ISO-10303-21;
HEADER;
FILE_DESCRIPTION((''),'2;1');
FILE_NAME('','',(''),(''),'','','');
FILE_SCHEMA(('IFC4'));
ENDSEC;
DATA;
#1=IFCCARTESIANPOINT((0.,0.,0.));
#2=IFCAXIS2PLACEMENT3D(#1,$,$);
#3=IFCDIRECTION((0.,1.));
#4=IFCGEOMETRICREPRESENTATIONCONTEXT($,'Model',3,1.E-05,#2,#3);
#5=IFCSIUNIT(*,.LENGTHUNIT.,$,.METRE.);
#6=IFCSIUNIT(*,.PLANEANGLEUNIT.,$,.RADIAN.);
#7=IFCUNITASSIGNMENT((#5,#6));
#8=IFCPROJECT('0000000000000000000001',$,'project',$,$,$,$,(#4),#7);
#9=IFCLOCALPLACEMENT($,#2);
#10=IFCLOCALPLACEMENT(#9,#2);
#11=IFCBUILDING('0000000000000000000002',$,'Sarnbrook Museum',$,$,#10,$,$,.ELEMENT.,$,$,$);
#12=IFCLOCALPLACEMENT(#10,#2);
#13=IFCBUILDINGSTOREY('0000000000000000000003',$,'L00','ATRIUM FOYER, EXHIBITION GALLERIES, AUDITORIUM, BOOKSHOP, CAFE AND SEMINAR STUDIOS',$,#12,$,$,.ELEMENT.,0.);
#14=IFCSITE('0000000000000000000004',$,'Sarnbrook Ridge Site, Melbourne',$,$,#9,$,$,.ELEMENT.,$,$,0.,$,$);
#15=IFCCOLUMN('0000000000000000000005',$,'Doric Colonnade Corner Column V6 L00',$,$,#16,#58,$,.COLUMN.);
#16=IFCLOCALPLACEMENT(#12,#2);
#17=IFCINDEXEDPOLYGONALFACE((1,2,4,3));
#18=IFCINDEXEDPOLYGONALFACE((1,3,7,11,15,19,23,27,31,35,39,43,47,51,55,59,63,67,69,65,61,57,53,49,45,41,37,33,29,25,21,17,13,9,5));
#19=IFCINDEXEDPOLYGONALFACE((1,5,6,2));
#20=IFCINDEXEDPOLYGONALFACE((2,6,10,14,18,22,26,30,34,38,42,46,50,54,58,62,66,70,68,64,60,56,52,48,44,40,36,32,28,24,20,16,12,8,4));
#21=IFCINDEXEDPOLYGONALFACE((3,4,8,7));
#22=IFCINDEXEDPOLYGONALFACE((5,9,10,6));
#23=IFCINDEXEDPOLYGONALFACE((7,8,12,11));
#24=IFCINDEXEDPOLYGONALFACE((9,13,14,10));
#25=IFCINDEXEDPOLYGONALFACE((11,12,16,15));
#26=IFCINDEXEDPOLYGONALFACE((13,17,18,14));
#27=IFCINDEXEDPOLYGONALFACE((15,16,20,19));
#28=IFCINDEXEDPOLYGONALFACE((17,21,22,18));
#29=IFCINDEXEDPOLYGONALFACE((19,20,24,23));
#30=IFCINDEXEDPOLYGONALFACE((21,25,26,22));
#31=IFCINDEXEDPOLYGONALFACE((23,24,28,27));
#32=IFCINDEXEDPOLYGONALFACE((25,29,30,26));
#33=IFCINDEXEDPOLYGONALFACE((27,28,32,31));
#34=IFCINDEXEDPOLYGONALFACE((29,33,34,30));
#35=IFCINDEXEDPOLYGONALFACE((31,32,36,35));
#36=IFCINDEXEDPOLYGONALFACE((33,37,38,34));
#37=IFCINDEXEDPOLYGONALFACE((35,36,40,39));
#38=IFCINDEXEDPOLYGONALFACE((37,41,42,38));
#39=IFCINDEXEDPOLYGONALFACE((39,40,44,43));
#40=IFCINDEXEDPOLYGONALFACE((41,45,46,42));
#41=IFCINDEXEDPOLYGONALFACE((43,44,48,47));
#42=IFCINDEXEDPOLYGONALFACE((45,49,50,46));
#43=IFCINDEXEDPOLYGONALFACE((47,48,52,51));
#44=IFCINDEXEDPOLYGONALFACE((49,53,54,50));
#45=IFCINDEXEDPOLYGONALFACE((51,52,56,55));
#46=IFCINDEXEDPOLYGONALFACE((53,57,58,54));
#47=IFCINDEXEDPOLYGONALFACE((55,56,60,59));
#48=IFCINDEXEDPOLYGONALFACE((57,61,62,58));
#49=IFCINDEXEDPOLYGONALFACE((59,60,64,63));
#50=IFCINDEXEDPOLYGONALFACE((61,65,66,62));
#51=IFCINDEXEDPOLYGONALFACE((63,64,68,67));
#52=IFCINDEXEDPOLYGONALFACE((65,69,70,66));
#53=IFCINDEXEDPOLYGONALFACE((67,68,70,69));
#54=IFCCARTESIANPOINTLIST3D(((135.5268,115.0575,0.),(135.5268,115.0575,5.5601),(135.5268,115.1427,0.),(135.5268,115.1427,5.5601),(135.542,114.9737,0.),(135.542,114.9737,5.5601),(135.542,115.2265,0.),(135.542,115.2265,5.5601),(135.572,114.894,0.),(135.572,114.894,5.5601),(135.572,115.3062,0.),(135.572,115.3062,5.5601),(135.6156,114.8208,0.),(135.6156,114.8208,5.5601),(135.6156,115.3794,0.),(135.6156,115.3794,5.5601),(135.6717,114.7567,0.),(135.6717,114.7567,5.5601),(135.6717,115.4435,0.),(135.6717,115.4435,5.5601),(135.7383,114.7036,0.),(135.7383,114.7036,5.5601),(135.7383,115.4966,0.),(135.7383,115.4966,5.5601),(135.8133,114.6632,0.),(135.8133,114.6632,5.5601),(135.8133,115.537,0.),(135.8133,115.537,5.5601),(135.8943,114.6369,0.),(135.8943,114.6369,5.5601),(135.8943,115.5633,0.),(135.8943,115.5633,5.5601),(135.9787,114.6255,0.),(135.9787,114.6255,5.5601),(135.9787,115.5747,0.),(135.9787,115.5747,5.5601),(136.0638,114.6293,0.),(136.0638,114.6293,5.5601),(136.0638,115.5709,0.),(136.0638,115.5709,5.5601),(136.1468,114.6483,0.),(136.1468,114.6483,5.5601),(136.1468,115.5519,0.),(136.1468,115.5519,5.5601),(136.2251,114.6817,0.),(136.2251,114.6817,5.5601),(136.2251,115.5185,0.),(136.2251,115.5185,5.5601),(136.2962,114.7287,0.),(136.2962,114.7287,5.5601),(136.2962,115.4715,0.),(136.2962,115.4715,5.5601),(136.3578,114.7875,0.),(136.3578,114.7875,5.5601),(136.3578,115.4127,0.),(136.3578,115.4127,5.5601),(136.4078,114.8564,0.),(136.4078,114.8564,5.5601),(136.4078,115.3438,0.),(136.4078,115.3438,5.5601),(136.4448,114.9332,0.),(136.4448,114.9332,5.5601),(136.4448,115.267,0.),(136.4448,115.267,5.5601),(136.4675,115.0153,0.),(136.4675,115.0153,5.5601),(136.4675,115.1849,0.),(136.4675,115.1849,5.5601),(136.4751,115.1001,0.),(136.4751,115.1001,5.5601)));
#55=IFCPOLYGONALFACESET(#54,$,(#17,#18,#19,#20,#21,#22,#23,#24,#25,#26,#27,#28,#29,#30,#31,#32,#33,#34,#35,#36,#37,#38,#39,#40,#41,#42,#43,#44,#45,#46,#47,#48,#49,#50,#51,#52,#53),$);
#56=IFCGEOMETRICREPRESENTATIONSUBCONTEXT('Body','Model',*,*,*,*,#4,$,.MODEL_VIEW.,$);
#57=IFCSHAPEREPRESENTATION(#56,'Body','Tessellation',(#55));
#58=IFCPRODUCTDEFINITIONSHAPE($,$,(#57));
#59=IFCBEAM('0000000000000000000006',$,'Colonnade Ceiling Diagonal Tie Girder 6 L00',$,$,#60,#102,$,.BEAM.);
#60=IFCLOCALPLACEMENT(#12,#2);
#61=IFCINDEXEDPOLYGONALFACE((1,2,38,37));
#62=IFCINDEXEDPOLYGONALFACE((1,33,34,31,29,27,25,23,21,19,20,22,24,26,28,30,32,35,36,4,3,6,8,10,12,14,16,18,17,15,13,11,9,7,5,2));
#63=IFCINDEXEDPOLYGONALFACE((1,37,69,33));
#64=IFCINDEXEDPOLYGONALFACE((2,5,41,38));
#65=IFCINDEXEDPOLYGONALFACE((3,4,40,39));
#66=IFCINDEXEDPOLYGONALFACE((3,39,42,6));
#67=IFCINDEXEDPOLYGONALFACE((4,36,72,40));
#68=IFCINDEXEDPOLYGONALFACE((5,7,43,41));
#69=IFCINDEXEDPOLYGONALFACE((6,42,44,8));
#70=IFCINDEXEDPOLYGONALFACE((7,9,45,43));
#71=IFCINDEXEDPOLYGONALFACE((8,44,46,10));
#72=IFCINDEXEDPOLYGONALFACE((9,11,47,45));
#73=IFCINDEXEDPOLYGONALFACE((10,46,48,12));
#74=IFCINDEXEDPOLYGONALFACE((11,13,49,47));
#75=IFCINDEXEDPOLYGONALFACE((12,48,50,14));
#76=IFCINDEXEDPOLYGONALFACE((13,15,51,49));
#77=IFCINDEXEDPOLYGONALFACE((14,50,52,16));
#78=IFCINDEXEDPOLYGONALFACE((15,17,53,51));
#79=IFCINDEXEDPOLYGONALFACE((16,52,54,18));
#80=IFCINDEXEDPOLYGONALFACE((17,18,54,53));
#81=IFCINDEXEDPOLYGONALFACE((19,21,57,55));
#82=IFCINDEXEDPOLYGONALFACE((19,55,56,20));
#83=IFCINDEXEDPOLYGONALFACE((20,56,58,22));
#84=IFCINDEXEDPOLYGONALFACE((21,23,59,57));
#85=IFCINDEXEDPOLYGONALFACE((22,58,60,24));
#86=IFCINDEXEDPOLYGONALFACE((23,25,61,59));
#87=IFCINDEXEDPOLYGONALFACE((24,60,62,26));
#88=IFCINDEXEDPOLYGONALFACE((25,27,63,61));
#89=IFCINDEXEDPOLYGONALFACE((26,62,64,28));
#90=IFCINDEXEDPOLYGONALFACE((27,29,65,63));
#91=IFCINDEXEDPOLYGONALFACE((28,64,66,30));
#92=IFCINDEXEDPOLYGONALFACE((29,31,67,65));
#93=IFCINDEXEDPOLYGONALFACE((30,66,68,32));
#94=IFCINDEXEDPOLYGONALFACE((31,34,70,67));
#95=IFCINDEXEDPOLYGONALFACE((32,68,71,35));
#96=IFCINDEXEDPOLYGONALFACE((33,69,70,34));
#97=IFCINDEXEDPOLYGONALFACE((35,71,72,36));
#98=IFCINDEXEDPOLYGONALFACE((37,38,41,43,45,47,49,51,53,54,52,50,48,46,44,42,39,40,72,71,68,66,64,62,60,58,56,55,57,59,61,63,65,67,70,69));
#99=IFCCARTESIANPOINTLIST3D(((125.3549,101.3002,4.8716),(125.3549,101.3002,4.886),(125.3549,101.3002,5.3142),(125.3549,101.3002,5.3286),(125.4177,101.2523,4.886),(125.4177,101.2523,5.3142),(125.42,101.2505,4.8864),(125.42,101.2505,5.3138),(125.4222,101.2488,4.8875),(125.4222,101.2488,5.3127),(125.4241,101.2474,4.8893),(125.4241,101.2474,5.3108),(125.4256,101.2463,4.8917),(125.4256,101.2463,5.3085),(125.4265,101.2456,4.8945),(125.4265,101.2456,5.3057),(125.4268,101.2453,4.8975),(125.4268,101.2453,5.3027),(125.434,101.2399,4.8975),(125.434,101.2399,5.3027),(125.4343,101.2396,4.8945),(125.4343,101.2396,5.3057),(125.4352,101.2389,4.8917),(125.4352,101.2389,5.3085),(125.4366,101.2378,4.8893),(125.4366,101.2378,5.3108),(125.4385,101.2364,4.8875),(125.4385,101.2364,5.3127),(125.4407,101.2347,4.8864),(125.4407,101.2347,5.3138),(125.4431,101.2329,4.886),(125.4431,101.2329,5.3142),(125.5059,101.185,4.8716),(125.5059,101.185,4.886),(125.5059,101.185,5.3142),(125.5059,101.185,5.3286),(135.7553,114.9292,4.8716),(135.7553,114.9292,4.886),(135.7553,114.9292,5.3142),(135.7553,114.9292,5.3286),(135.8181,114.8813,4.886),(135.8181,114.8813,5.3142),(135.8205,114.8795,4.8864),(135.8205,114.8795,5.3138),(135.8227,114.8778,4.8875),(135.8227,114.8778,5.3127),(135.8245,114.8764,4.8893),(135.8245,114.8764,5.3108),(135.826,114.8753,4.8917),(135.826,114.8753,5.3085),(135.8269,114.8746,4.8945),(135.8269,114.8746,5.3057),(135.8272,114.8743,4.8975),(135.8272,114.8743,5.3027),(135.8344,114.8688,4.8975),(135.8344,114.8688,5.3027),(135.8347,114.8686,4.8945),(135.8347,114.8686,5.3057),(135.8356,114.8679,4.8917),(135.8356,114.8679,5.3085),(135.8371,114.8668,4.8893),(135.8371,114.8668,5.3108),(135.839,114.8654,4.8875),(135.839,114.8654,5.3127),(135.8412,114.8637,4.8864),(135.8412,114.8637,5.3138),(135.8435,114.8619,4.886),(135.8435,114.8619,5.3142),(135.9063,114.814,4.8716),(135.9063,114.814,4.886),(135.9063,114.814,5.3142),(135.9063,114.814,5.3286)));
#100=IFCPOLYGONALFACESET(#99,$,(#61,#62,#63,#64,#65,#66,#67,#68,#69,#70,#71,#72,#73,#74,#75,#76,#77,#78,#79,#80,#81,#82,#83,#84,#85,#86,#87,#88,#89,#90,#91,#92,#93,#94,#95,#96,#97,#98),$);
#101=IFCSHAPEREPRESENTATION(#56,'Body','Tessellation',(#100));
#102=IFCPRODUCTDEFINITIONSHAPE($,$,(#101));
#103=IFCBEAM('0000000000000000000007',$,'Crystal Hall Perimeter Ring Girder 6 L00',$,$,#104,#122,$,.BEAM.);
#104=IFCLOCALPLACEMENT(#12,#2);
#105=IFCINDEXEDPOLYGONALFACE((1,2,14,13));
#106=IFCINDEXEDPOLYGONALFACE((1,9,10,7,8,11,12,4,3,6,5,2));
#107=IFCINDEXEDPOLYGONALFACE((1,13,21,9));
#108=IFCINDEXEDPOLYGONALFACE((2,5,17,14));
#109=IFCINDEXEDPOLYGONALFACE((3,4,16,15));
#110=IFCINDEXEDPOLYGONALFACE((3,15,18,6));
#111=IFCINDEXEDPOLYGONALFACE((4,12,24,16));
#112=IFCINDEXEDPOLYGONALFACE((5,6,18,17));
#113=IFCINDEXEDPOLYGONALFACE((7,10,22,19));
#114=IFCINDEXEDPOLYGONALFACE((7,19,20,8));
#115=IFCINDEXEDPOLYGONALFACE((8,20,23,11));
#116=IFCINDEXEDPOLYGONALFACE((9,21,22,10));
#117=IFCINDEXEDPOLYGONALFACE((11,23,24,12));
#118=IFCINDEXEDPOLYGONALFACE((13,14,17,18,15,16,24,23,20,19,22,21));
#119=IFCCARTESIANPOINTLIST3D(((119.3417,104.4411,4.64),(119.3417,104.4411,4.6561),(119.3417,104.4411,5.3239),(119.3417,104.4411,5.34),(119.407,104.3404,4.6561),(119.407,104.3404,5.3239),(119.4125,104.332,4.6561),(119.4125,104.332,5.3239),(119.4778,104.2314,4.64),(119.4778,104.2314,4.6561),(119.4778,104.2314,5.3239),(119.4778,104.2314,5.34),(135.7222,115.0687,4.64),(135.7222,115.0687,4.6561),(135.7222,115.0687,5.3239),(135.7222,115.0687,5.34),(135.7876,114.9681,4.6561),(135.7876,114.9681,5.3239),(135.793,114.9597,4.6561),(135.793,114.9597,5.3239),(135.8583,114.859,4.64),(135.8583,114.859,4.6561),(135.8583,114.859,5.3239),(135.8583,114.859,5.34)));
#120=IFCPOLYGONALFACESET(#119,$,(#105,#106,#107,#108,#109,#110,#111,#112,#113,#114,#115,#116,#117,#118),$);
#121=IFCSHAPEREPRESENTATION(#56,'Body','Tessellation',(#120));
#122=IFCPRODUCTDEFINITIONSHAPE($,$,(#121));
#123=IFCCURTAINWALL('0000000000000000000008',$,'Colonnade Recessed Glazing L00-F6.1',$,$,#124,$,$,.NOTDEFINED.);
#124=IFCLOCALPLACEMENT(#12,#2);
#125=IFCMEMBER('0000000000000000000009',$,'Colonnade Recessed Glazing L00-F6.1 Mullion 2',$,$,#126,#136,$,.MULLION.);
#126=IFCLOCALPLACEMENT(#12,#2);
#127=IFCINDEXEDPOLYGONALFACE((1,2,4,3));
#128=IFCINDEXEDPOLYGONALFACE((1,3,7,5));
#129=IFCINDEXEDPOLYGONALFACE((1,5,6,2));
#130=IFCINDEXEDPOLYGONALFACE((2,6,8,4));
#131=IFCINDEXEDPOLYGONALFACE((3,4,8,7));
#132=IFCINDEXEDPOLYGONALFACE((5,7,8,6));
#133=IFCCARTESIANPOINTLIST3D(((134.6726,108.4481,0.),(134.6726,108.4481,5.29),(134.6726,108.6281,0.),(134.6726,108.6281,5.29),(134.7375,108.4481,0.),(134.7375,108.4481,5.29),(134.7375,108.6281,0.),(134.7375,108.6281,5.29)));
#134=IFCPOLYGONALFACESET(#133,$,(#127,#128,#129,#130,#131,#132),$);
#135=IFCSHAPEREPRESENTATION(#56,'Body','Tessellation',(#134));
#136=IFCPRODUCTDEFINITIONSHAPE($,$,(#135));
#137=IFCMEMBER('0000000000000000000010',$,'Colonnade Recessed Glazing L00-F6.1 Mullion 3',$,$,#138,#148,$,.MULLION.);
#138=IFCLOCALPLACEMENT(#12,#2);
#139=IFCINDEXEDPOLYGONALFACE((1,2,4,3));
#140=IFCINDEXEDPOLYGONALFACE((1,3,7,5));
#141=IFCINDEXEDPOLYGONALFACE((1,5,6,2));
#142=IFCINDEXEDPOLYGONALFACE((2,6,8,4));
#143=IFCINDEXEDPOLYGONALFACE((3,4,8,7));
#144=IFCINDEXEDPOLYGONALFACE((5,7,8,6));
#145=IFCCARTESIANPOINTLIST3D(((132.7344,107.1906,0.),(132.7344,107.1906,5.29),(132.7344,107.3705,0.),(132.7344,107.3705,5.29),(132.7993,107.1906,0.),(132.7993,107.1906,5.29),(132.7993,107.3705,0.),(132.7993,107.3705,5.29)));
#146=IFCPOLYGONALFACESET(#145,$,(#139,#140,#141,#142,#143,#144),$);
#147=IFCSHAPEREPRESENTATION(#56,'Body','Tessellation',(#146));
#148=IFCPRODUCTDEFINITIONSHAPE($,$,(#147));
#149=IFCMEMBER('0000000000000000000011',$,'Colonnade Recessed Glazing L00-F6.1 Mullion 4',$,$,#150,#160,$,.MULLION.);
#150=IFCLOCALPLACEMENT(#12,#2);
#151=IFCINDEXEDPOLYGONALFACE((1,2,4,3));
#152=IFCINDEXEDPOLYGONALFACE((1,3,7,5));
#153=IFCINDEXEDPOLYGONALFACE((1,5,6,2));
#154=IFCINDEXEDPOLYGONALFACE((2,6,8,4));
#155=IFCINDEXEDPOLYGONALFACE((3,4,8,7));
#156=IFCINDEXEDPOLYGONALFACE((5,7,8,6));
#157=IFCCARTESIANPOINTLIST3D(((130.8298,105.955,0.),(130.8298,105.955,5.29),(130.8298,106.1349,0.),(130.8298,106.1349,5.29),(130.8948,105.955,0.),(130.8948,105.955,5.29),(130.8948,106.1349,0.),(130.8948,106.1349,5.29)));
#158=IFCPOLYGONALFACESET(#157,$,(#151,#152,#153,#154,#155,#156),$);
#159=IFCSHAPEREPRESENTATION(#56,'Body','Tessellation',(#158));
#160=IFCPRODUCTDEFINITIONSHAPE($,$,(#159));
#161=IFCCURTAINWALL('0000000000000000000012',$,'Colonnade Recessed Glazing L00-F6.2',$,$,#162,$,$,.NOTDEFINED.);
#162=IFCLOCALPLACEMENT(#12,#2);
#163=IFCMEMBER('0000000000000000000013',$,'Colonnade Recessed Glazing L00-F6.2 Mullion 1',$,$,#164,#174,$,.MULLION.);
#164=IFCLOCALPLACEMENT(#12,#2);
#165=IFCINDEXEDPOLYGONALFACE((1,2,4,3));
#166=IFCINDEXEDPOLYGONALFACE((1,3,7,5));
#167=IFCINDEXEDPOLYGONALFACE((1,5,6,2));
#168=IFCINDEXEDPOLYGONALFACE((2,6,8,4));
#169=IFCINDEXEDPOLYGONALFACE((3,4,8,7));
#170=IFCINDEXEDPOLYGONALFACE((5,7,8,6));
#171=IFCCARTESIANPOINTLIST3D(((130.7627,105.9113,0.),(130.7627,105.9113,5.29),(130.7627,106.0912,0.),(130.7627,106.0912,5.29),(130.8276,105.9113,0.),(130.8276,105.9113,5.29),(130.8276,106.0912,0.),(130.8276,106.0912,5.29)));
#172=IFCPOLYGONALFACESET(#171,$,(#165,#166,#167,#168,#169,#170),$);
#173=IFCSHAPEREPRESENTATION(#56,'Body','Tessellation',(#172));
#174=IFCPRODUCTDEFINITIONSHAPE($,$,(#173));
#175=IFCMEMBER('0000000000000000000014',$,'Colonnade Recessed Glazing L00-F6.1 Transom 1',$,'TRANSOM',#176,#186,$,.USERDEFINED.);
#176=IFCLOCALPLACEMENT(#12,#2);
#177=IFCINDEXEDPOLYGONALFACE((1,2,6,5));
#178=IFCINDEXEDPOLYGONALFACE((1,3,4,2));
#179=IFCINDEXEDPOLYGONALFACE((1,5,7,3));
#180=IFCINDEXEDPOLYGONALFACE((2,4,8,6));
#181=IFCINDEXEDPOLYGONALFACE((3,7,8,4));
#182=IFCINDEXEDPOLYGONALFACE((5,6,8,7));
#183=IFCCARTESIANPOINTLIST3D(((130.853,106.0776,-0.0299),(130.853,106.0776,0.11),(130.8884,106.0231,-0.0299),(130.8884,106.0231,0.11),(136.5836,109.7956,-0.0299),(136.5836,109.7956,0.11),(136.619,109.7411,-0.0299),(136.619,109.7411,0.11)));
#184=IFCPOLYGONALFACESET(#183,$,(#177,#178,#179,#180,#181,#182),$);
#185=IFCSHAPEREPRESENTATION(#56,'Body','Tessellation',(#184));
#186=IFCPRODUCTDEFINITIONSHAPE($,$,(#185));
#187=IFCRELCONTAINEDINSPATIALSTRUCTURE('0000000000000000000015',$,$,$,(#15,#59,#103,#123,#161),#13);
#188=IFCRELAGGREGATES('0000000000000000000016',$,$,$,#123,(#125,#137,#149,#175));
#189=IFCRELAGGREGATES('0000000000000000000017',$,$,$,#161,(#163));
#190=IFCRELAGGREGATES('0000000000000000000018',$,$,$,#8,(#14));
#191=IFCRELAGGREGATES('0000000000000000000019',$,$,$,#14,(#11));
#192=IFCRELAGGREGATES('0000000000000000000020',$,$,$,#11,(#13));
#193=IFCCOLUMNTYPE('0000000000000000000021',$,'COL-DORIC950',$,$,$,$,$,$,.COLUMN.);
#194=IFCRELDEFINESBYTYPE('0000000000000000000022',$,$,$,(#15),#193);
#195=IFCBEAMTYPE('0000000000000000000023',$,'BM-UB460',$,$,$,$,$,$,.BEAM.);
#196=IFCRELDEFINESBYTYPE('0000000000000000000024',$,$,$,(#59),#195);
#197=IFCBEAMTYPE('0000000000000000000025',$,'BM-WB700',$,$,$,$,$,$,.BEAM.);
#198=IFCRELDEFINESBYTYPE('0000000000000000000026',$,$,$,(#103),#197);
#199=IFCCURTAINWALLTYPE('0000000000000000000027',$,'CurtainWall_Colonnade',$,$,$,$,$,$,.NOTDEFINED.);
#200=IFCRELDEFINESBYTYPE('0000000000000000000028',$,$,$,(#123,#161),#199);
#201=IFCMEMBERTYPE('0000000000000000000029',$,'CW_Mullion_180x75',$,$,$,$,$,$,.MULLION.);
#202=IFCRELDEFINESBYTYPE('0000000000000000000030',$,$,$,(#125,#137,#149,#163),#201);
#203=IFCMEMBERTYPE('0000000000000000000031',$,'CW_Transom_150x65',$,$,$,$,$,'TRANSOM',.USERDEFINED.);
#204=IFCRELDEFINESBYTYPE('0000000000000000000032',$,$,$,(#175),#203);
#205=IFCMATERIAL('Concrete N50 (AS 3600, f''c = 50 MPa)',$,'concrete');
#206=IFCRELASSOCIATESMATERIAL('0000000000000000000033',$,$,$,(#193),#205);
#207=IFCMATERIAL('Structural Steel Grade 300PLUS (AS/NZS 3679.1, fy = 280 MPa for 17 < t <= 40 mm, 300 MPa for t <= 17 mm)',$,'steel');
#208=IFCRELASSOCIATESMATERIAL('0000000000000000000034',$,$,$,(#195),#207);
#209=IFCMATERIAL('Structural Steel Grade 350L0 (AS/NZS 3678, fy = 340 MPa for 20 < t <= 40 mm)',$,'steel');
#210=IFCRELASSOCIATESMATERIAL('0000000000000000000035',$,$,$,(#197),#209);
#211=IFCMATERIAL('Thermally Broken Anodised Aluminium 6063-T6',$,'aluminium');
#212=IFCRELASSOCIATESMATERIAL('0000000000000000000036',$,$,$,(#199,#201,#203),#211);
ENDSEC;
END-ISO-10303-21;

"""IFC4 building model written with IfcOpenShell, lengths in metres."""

from ifc_helpers import new_model, si_unit, direction, frame, origin, origin_2d, place, context, subcontext, project, spatial, rectangle, circle, i_section, extrude, material, material_profile, profile_set, type_object, element, aggregate, save


model = new_model("IFC4")

# Units and contexts
model_context = context("Model", 3, precision=1e-05, world=origin(), true_north=direction((0.0, 1.0)))
body_context = subcontext(model_context, "Body", "Model", "MODEL_VIEW")
ifc_project = project(units=[si_unit("LENGTHUNIT", "METRE"), si_unit("PLANEANGLEUNIT", "RADIAN")], contexts=[model_context])

# Site, building, storey
site_placement = place(None, origin())
site = spatial("IfcSite", under=ifc_project, at=site_placement, Name="Sarnbrook Ridge Site, Melbourne", CompositionType="ELEMENT", RefElevation=0.0)
building_placement = place(site_placement, origin())
building = spatial("IfcBuilding", under=site, at=building_placement, Name="Sarnbrook Museum", CompositionType="ELEMENT")
storey_placement = place(building_placement, origin())
storey = spatial("IfcBuildingStorey", under=building, at=storey_placement, Name="L00", Description="ATRIUM FOYER, EXHIBITION GALLERIES, AUDITORIUM, BOOKSHOP, CAFE AND SEMINAR STUDIOS", CompositionType="ELEMENT", Elevation=0.0)

# Column
ifc_material_1 = material(Name="Concrete N50 (AS 3600, f'c = 50 MPa)", Category="concrete")
ifc_material_profile_1 = material_profile(ifc_material_1, circle(Radius=0.4751, at=origin_2d()), Name="DORIC D950")
ifc_profile_set_1 = profile_set([ifc_material_profile_1], Name="Concrete N50 (AS 3600, f'c = 50 MPa)")
column_type = type_object("IfcColumnType", Name="COL-DORIC950", PredefinedType="COLUMN", material=ifc_profile_set_1)
column_placement = place(storey_placement, frame((136.0, 115.1001, 0.0), z_axis=(0.0, 0.0, 1.0), x_axis=(1.0, 0.0, 0.0)))
element("IfcColumn", 1, at=column_placement, inside=storey, type_object=column_type, Name="Doric Colonnade Corner Column V6 L00", PredefinedType="COLUMN", context=body_context, shape_type="SweptSolid", body=[
    extrude(circle(Radius=0.4751, at=origin_2d()), origin(), (0.0, 0.0, 1.0), 5.5601),
])

# Beams
ifc_material_2 = material(Name="Structural Steel Grade 300PLUS (AS/NZS 3679.1, fy = 280 MPa for 17 < t <= 40 mm, 300 MPa for t <= 17 mm)", Category="steel")
ifc_material_profile_2 = material_profile(ifc_material_2, i_section(OverallWidth=0.1899, OverallDepth=0.457, WebThickness=0.009, FlangeThickness=0.0144, FilletRadius=0.0115, at=origin_2d()), Name="460UB74.6")
ifc_profile_set_2 = profile_set([ifc_material_profile_2], Name="Structural Steel Grade 300PLUS (AS/NZS 3679.1, fy = 280 MPa for 17 < t <= 40 mm, 300 MPa for t <= 17 mm)")
beam_type_1 = type_object("IfcBeamType", Name="BM-UB460", PredefinedType="BEAM", material=ifc_profile_set_2)
beam_1_placement = place(storey_placement, frame((135.8308, 114.8716, 5.1001), z_axis=(-0.606651, -0.794969, 0.0), x_axis=(0.794969, -0.606651, 0.0)))
element("IfcBeam", 2, at=beam_1_placement, inside=storey, type_object=beam_type_1, Name="Colonnade Ceiling Diagonal Tie Girder 6 L00", PredefinedType="BEAM", context=body_context, shape_type="SweptSolid", body=[
    extrude(i_section(OverallWidth=0.1899, OverallDepth=0.457, WebThickness=0.009, FlangeThickness=0.0144, FilletRadius=0.0115, at=origin_2d()), origin(), (0.0, 0.0, 1.0), 17.144),
])
ifc_material_3 = material(Name="Structural Steel Grade 350L0 (AS/NZS 3678, fy = 340 MPa for 20 < t <= 40 mm)", Category="steel")
ifc_material_profile_3 = material_profile(ifc_material_3, i_section(OverallWidth=0.25, OverallDepth=0.7, WebThickness=0.01, FlangeThickness=0.0161, at=origin_2d()), Name="700WB130")
ifc_profile_set_3 = profile_set([ifc_material_profile_3], Name="Structural Steel Grade 350L0 (AS/NZS 3678, fy = 340 MPa for 20 < t <= 40 mm)")
beam_type_2 = type_object("IfcBeamType", Name="BM-WB700", PredefinedType="BEAM", material=ifc_profile_set_3)
beam_2_placement = place(storey_placement, frame((135.7903, 114.9639, 4.99), z_axis=(-0.838905, -0.544278, 0.0), x_axis=(0.544278, -0.838905, 0.0)))
element("IfcBeam", 3, at=beam_2_placement, inside=storey, type_object=beam_type_2, Name="Crystal Hall Perimeter Ring Girder 6 L00", PredefinedType="BEAM", context=body_context, shape_type="SweptSolid", body=[
    extrude(i_section(OverallWidth=0.25, OverallDepth=0.7, WebThickness=0.01, FlangeThickness=0.0161, at=origin_2d()), origin(), (0.0, 0.0, 1.0), 19.5261),
])

# Curtain wall, members
ifc_material_4 = material(Name="Thermally Broken Anodised Aluminium 6063-T6", Category="aluminium")
curtain_wall_type = type_object("IfcCurtainWallType", Name="CurtainWall_Colonnade", PredefinedType="NOTDEFINED", material=ifc_material_4)
curtain_wall_1_placement = place(storey_placement, origin())
curtain_wall_1 = element("IfcCurtainWall", 4, at=curtain_wall_1_placement, inside=storey, type_object=curtain_wall_type, Name="Colonnade Recessed Glazing L00-F6.1", PredefinedType="NOTDEFINED")
ifc_material_profile_4 = material_profile(ifc_material_4, rectangle(XDim=0.0649, YDim=0.1799, at=origin_2d()), Name="ALU MULLION 65x180")
ifc_profile_set_4 = profile_set([ifc_material_profile_4], Name="Thermally Broken Anodised Aluminium 6063-T6")
member_type_1 = type_object("IfcMemberType", Name="CW_Mullion_180x75", PredefinedType="MULLION", material=ifc_profile_set_4)
member_1_placement = place(storey_placement, frame((134.7051, 108.5381, 0.0), z_axis=(0.0, 0.0, 1.0), x_axis=(1.0, 0.0, 0.0)))
member_1 = element("IfcMember", 5, at=member_1_placement, type_object=member_type_1, Name="Colonnade Recessed Glazing L00-F6.1 Mullion 2", PredefinedType="MULLION", context=body_context, shape_type="SweptSolid", body=[
    extrude(rectangle(XDim=0.0649, YDim=0.1799, at=origin_2d()), origin(), (0.0, 0.0, 1.0), 5.29),
])
member_2_placement = place(storey_placement, frame((132.7668, 107.2805, 0.0), z_axis=(0.0, 0.0, 1.0), x_axis=(1.0, 0.0, 0.0)))
member_2 = element("IfcMember", 6, at=member_2_placement, type_object=member_type_1, Name="Colonnade Recessed Glazing L00-F6.1 Mullion 3", PredefinedType="MULLION", context=body_context, shape_type="SweptSolid", body=[
    extrude(rectangle(XDim=0.0649, YDim=0.1799, at=origin_2d()), origin(), (0.0, 0.0, 1.0), 5.29),
])
member_3_placement = place(storey_placement, frame((130.8623, 106.0449, 0.0), z_axis=(0.0, 0.0, 1.0), x_axis=(1.0, 0.0, 0.0)))
member_3 = element("IfcMember", 7, at=member_3_placement, type_object=member_type_1, Name="Colonnade Recessed Glazing L00-F6.1 Mullion 4", PredefinedType="MULLION", context=body_context, shape_type="SweptSolid", body=[
    extrude(rectangle(XDim=0.0649, YDim=0.1799, at=origin_2d()), origin(), (0.0, 0.0, 1.0), 5.29),
])

# Curtain wall, member
curtain_wall_2_placement = place(storey_placement, origin())
curtain_wall_2 = element("IfcCurtainWall", 8, at=curtain_wall_2_placement, inside=storey, type_object=curtain_wall_type, Name="Colonnade Recessed Glazing L00-F6.2", PredefinedType="NOTDEFINED")
member_4_placement = place(storey_placement, frame((130.7952, 106.0012, 0.0), z_axis=(0.0, 0.0, 1.0), x_axis=(1.0, 0.0, 0.0)))
member_4 = element("IfcMember", 9, at=member_4_placement, type_object=member_type_1, Name="Colonnade Recessed Glazing L00-F6.2 Mullion 1", PredefinedType="MULLION", context=body_context, shape_type="SweptSolid", body=[
    extrude(rectangle(XDim=0.0649, YDim=0.1799, at=origin_2d()), origin(), (0.0, 0.0, 1.0), 5.29),
])

# Member
ifc_material_profile_5 = material_profile(ifc_material_4, rectangle(XDim=0.0649, YDim=0.1399, at=origin_2d()), Name="ALU TRANSOM 65x140")
ifc_profile_set_5 = profile_set([ifc_material_profile_5], Name="Thermally Broken Anodised Aluminium 6063-T6")
member_type_2 = type_object("IfcMemberType", Name="CW_Transom_150x65", ElementType="TRANSOM", PredefinedType="USERDEFINED", material=ifc_profile_set_5)
member_5_placement = place(storey_placement, frame((136.6013, 109.7683, 0.04), z_axis=(-0.838908, -0.544273, 0.0), x_axis=(0.544273, -0.838908, 0.0)))
member_5 = element("IfcMember", 10, at=member_5_placement, type_object=member_type_2, Name="Colonnade Recessed Glazing L00-F6.1 Transom 1", ObjectType="TRANSOM", PredefinedType="USERDEFINED", context=body_context, shape_type="SweptSolid", body=[
    extrude(rectangle(XDim=0.0649, YDim=0.1399, at=origin_2d()), origin(), (0.0, 0.0, 1.0), 6.8311),
])

aggregate(curtain_wall_1, [member_1, member_2, member_3, member_5])
aggregate(curtain_wall_2, [member_4])

save(model, "model.ifc")
